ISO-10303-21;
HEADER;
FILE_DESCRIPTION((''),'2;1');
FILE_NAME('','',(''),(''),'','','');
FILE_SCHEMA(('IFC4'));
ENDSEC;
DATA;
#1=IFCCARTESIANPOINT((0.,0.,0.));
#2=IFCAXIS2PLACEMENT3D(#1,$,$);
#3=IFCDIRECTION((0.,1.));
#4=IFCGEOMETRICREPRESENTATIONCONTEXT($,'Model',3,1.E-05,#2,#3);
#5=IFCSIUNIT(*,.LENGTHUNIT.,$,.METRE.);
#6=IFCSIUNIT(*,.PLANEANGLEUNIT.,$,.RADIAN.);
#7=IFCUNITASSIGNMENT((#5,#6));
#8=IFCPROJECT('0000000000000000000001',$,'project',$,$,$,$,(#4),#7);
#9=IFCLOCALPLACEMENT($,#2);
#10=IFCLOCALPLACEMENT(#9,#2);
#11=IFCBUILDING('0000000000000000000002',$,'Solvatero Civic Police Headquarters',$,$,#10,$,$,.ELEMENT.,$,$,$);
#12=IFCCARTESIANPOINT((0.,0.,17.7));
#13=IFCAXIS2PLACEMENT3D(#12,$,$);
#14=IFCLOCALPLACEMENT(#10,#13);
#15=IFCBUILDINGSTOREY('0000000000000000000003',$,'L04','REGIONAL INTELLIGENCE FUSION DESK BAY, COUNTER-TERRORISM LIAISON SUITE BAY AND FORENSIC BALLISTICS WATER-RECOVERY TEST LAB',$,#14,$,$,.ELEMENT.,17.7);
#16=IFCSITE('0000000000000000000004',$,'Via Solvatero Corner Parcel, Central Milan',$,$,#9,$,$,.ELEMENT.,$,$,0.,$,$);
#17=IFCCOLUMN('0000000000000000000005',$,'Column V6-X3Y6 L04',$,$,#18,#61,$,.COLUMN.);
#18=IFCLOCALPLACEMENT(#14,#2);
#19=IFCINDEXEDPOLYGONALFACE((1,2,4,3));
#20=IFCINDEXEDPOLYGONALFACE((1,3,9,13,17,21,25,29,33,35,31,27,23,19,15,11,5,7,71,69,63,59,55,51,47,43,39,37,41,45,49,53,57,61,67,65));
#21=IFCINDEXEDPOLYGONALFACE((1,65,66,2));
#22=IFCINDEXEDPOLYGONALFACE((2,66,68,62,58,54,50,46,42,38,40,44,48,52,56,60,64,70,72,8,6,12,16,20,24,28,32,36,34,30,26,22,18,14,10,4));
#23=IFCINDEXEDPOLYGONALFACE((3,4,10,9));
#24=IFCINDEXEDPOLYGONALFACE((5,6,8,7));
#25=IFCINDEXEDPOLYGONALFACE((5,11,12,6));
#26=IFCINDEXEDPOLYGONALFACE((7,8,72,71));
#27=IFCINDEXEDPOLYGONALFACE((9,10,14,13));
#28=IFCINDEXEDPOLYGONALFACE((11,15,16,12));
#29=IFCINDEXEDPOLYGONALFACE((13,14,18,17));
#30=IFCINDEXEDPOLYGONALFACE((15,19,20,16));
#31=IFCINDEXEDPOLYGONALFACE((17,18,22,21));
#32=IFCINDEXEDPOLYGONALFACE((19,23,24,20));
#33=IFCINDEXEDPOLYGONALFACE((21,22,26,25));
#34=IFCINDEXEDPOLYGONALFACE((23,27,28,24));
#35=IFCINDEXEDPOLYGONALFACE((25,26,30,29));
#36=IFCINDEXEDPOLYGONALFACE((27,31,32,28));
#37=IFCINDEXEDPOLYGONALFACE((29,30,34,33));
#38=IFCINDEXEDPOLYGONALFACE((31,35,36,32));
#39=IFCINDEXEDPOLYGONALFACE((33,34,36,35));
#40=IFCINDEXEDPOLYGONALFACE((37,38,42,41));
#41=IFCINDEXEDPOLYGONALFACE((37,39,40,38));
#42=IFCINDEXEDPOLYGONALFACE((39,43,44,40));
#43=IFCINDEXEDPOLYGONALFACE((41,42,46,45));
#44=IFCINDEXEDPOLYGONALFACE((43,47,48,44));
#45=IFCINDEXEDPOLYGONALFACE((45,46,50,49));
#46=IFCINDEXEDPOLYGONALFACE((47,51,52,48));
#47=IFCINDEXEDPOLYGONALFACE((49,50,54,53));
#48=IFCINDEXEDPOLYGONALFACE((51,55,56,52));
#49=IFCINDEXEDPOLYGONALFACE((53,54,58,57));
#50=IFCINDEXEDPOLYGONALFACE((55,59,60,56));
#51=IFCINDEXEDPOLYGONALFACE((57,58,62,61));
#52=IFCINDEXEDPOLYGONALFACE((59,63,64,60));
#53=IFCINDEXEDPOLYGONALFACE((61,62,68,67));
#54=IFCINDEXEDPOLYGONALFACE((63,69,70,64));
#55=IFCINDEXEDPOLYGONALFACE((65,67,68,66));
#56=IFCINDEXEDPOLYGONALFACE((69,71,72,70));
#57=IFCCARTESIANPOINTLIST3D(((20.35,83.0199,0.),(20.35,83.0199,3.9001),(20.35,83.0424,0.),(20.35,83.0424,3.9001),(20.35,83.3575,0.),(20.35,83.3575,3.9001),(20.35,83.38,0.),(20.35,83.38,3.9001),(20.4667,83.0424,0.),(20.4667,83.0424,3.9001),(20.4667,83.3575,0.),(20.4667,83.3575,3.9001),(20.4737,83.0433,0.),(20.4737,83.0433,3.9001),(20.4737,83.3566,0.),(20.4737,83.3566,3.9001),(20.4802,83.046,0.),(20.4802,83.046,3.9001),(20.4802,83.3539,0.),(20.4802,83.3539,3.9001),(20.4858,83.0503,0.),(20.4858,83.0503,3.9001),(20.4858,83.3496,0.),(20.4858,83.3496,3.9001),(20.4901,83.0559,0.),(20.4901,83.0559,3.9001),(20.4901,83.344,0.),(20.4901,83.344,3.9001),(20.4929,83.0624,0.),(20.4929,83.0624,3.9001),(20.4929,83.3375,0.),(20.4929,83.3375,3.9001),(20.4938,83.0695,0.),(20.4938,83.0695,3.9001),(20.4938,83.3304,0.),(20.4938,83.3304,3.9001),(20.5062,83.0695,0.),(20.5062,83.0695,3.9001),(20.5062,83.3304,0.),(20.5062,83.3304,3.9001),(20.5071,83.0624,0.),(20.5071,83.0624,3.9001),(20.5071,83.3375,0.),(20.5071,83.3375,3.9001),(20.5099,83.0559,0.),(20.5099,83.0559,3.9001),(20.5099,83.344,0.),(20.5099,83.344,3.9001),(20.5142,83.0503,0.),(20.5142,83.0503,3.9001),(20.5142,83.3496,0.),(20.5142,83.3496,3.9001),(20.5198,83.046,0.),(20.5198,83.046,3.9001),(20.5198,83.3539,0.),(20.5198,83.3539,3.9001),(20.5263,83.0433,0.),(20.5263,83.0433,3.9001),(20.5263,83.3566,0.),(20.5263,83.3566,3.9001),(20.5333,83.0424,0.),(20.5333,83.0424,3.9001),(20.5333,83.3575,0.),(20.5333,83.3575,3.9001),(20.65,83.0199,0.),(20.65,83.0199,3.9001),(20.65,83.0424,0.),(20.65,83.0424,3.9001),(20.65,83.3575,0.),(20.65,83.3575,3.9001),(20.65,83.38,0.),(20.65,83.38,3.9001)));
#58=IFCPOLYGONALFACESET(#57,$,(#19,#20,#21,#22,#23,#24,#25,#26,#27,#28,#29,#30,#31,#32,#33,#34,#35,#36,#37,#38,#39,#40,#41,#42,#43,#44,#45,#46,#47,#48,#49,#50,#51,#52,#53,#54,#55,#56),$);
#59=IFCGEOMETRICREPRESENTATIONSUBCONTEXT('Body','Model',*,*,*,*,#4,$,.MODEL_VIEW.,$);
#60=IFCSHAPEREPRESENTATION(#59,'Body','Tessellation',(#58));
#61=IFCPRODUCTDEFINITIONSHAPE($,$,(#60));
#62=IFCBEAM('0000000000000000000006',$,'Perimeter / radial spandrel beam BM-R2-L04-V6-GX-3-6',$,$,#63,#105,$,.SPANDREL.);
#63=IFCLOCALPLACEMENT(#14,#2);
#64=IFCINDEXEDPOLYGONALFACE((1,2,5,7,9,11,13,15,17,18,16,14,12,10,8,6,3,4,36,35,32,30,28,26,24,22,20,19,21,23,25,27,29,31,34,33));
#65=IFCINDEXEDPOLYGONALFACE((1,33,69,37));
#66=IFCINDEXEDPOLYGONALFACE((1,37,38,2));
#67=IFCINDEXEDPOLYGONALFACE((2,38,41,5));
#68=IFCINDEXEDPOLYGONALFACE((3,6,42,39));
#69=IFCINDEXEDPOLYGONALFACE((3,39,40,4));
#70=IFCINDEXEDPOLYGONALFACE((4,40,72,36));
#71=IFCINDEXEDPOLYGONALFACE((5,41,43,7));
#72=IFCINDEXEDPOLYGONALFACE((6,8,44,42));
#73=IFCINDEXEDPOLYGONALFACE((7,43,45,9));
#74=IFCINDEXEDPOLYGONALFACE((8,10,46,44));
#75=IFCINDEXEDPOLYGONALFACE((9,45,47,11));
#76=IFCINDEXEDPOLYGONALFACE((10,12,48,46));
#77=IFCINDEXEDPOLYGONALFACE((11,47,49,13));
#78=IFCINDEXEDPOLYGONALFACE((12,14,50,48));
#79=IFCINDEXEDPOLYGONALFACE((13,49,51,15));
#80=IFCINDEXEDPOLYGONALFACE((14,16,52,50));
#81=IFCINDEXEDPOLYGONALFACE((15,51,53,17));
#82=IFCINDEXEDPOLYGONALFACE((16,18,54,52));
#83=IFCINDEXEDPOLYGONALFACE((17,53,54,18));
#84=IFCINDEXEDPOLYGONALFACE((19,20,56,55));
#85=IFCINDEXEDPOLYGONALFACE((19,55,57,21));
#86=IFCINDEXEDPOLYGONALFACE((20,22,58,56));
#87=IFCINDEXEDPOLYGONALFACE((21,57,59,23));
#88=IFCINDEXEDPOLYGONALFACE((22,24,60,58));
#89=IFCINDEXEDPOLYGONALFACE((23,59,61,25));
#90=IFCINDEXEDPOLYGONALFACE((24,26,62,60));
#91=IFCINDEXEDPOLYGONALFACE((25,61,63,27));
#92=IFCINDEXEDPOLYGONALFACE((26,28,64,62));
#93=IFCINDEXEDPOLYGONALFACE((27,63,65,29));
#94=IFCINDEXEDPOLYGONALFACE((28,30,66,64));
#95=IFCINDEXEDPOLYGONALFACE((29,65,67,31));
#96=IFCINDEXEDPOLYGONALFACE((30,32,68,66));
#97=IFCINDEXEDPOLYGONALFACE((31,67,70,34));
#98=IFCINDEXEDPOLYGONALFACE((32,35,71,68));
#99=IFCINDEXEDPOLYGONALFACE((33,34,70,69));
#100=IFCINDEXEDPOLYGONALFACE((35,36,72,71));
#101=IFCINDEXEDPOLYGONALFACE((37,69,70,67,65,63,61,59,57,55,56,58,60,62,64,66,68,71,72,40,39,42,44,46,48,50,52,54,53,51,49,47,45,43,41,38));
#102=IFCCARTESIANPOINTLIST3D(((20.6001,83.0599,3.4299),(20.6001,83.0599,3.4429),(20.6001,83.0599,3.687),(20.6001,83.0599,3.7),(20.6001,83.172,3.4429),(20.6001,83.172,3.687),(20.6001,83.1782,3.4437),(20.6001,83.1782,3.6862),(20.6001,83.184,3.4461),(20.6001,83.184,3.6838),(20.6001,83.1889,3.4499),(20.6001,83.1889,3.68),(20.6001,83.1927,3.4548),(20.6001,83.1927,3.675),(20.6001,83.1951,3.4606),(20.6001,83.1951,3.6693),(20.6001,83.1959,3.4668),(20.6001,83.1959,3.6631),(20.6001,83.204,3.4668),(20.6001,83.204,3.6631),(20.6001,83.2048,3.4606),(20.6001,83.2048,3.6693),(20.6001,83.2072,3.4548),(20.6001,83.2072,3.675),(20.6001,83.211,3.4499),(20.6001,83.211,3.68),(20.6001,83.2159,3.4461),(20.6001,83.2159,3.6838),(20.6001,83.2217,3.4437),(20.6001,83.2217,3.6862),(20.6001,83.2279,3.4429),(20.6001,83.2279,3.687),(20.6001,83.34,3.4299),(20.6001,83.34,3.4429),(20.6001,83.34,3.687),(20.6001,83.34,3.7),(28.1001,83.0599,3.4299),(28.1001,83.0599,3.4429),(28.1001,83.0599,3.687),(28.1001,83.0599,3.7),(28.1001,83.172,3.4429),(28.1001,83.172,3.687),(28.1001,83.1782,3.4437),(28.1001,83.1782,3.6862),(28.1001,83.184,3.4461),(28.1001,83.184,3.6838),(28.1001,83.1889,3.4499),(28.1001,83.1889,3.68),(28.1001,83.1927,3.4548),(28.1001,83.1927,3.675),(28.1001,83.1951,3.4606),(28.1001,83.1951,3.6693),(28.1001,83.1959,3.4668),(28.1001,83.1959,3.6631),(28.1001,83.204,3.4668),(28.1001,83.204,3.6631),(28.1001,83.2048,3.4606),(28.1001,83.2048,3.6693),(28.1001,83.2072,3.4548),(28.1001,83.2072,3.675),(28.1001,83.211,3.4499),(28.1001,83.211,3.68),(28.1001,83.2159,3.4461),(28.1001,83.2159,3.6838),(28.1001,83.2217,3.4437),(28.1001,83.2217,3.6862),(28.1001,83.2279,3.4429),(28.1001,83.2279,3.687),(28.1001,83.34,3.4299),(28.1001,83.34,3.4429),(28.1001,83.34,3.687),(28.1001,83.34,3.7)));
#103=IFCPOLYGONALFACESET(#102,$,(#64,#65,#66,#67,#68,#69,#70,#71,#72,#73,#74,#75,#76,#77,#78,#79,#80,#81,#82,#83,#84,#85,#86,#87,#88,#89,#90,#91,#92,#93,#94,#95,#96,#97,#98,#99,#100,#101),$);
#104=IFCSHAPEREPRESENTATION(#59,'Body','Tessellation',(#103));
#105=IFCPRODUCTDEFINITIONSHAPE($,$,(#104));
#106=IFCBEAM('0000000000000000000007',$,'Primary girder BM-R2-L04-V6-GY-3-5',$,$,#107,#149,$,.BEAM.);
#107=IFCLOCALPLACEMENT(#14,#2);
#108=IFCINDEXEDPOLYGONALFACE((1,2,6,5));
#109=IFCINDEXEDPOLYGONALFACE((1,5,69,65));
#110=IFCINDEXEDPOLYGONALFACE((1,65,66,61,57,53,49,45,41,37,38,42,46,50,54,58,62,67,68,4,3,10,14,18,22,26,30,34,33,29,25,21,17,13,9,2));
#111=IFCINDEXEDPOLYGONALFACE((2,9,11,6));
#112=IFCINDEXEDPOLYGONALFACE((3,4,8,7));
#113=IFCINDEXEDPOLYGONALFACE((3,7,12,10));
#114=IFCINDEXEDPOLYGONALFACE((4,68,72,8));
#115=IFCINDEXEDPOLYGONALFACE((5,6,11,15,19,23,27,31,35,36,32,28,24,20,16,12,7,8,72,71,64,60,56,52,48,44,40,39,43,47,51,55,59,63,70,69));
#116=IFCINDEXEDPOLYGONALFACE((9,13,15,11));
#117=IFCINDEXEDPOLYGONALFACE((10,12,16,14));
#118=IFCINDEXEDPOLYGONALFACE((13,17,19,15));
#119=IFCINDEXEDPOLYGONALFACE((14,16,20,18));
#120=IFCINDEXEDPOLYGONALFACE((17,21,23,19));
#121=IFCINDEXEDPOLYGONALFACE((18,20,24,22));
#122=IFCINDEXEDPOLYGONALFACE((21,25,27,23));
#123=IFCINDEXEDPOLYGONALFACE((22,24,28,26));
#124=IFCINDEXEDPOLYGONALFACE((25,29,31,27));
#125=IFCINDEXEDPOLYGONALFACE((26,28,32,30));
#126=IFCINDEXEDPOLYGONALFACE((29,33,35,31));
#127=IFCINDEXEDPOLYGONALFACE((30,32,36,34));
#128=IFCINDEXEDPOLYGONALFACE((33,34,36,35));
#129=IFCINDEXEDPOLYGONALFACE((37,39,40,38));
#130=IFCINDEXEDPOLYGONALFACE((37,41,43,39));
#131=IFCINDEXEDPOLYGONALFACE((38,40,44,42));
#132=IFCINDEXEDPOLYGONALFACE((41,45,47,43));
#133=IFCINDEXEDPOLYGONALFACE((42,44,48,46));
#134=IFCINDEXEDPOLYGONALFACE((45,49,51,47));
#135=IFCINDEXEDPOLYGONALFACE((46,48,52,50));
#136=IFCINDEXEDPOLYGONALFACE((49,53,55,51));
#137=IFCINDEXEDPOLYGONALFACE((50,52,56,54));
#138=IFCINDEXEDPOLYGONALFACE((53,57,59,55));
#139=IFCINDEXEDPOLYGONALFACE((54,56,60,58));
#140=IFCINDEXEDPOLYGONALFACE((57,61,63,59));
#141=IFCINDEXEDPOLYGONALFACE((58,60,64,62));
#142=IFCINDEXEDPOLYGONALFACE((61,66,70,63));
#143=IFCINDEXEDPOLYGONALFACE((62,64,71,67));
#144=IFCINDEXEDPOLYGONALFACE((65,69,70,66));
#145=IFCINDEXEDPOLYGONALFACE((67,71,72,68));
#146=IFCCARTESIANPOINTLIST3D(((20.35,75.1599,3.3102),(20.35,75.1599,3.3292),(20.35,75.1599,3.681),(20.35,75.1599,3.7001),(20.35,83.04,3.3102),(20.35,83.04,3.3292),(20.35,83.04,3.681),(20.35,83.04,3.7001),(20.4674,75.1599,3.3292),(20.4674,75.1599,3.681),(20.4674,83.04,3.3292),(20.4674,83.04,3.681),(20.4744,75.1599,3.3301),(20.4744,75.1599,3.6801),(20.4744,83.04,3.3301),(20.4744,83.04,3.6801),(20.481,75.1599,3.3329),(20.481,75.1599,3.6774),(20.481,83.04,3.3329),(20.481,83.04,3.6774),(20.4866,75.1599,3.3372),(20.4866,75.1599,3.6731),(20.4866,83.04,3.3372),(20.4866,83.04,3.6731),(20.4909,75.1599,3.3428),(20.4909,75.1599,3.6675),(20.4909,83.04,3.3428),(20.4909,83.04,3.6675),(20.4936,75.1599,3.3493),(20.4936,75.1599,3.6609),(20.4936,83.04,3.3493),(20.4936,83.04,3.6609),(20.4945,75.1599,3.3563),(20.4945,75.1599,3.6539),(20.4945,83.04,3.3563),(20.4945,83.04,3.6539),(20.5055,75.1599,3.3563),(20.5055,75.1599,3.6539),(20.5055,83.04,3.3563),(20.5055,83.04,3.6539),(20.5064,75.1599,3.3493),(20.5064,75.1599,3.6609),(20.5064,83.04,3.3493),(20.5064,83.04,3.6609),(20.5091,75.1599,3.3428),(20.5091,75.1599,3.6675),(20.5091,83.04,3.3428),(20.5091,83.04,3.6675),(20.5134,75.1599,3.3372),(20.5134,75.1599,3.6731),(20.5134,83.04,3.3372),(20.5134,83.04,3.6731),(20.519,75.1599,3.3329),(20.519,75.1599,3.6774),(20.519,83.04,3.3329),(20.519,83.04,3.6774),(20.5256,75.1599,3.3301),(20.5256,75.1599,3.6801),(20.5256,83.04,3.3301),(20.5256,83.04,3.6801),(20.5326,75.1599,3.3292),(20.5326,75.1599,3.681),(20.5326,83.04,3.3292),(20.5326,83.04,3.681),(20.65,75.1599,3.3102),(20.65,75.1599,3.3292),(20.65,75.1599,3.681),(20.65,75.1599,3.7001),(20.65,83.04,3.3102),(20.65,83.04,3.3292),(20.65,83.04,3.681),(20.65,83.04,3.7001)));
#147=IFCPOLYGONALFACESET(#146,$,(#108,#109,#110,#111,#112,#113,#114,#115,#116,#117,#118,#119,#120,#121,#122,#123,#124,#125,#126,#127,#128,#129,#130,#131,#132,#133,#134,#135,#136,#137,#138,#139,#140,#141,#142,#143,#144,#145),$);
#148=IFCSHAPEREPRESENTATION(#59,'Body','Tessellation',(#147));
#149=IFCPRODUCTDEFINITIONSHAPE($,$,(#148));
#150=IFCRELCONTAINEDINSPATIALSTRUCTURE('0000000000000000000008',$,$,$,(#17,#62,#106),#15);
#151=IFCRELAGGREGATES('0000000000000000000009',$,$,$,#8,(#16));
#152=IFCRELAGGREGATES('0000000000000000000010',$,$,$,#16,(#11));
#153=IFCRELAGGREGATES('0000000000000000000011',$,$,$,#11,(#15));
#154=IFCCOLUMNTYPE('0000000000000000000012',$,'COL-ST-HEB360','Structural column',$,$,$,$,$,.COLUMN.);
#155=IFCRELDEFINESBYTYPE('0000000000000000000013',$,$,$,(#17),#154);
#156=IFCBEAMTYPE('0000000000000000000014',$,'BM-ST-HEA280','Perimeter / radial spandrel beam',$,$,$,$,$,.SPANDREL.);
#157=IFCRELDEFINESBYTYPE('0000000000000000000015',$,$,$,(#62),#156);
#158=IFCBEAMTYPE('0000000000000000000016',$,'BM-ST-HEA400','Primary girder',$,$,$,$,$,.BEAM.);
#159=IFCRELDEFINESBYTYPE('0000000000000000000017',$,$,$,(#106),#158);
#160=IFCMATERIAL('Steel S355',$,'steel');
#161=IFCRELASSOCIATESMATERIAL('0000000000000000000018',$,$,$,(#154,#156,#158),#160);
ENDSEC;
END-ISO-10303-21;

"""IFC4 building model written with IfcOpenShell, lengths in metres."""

from ifc_helpers import new_model, si_unit, direction, frame, origin, origin_2d, place, context, subcontext, project, spatial, i_section, extrude, material, material_profile, profile_set, type_object, element, save


model = new_model("IFC4")

# Units and contexts
model_context = context("Model", 3, precision=1e-05, world=origin(), true_north=direction((0.0, 1.0)))
body_context = subcontext(model_context, "Body", "Model", "MODEL_VIEW")
ifc_project = project(units=[si_unit("LENGTHUNIT", "METRE"), si_unit("PLANEANGLEUNIT", "RADIAN")], contexts=[model_context])

# Site, building, storey
site_placement = place(None, origin())
site = spatial("IfcSite", under=ifc_project, at=site_placement, Name="Via Solvatero Corner Parcel, Central Milan", CompositionType="ELEMENT", RefElevation=0.0)
building_placement = place(site_placement, origin())
building = spatial("IfcBuilding", under=site, at=building_placement, Name="Solvatero Civic Police Headquarters", CompositionType="ELEMENT")
storey_placement = place(building_placement, frame((0.0, 0.0, 17.7)))
storey = spatial("IfcBuildingStorey", under=building, at=storey_placement, Name="L04", Description="REGIONAL INTELLIGENCE FUSION DESK BAY, COUNTER-TERRORISM LIAISON SUITE BAY AND FORENSIC BALLISTICS WATER-RECOVERY TEST LAB", CompositionType="ELEMENT", Elevation=17.7)

# Column
ifc_material_1 = material(Name="Steel S355", Category="steel")
ifc_material_profile_1 = material_profile(ifc_material_1, i_section(OverallWidth=0.3, OverallDepth=0.3601, WebThickness=0.0125, FlangeThickness=0.0225, FilletRadius=0.0271, at=origin_2d()), Name="HEB 360")
ifc_profile_set_1 = profile_set([ifc_material_profile_1], Name="Steel S355")
column_type = type_object("IfcColumnType", Name="COL-ST-HEB360", Description="Structural column", PredefinedType="COLUMN", material=ifc_profile_set_1)
column_placement = place(storey_placement, frame((20.5, 83.2, 0.0), z_axis=(0.0, 0.0, 1.0), x_axis=(1.0, 0.0, 0.0)))
element("IfcColumn", 1, at=column_placement, inside=storey, type_object=column_type, Name="Column V6-X3Y6 L04", PredefinedType="COLUMN", context=body_context, shape_type="SweptSolid", body=[
    extrude(i_section(OverallWidth=0.3, OverallDepth=0.3601, WebThickness=0.0125, FlangeThickness=0.0225, FilletRadius=0.0271, at=origin_2d()), origin(), (0.0, 0.0, 1.0), 3.9001),
])

# Beams
ifc_material_profile_2 = material_profile(ifc_material_1, i_section(OverallWidth=0.28, OverallDepth=0.27, WebThickness=0.0081, FlangeThickness=0.0129, FilletRadius=0.0239, at=origin_2d()), Name="HEA 280")
ifc_profile_set_2 = profile_set([ifc_material_profile_2], Name="Steel S355")
beam_type_1 = type_object("IfcBeamType", Name="BM-ST-HEA280", Description="Perimeter / radial spandrel beam", PredefinedType="SPANDREL", material=ifc_profile_set_2)
beam_1_placement = place(storey_placement, frame((20.6001, 83.2, 3.5649), z_axis=(1.0, 0.0, 0.0), x_axis=(0.0, 1.0, 0.0)))
element("IfcBeam", 2, at=beam_1_placement, inside=storey, type_object=beam_type_1, Name="Perimeter / radial spandrel beam BM-R2-L04-V6-GX-3-6", PredefinedType="SPANDREL", context=body_context, shape_type="SweptSolid", body=[
    extrude(i_section(OverallWidth=0.28, OverallDepth=0.27, WebThickness=0.0081, FlangeThickness=0.0129, FilletRadius=0.0239, at=origin_2d()), origin(), (0.0, 0.0, 1.0), 7.5),
])
ifc_material_profile_3 = material_profile(ifc_material_1, i_section(OverallWidth=0.3, OverallDepth=0.3899, WebThickness=0.011, FlangeThickness=0.019, FilletRadius=0.0271, at=origin_2d()), Name="HEA 400")
ifc_profile_set_3 = profile_set([ifc_material_profile_3], Name="Steel S355")
beam_type_2 = type_object("IfcBeamType", Name="BM-ST-HEA400", Description="Primary girder", PredefinedType="BEAM", material=ifc_profile_set_3)
beam_2_placement = place(storey_placement, frame((20.5, 75.1599, 3.5051), z_axis=(0.0, 1.0, 0.0), x_axis=(-1.0, 0.0, 0.0)))
element("IfcBeam", 3, at=beam_2_placement, inside=storey, type_object=beam_type_2, Name="Primary girder BM-R2-L04-V6-GY-3-5", PredefinedType="BEAM", context=body_context, shape_type="SweptSolid", body=[
    extrude(i_section(OverallWidth=0.3, OverallDepth=0.3899, WebThickness=0.011, FlangeThickness=0.019, FilletRadius=0.0271, at=origin_2d()), origin(), (0.0, 0.0, 1.0), 7.8801),
])

save(model, "model.ifc")
